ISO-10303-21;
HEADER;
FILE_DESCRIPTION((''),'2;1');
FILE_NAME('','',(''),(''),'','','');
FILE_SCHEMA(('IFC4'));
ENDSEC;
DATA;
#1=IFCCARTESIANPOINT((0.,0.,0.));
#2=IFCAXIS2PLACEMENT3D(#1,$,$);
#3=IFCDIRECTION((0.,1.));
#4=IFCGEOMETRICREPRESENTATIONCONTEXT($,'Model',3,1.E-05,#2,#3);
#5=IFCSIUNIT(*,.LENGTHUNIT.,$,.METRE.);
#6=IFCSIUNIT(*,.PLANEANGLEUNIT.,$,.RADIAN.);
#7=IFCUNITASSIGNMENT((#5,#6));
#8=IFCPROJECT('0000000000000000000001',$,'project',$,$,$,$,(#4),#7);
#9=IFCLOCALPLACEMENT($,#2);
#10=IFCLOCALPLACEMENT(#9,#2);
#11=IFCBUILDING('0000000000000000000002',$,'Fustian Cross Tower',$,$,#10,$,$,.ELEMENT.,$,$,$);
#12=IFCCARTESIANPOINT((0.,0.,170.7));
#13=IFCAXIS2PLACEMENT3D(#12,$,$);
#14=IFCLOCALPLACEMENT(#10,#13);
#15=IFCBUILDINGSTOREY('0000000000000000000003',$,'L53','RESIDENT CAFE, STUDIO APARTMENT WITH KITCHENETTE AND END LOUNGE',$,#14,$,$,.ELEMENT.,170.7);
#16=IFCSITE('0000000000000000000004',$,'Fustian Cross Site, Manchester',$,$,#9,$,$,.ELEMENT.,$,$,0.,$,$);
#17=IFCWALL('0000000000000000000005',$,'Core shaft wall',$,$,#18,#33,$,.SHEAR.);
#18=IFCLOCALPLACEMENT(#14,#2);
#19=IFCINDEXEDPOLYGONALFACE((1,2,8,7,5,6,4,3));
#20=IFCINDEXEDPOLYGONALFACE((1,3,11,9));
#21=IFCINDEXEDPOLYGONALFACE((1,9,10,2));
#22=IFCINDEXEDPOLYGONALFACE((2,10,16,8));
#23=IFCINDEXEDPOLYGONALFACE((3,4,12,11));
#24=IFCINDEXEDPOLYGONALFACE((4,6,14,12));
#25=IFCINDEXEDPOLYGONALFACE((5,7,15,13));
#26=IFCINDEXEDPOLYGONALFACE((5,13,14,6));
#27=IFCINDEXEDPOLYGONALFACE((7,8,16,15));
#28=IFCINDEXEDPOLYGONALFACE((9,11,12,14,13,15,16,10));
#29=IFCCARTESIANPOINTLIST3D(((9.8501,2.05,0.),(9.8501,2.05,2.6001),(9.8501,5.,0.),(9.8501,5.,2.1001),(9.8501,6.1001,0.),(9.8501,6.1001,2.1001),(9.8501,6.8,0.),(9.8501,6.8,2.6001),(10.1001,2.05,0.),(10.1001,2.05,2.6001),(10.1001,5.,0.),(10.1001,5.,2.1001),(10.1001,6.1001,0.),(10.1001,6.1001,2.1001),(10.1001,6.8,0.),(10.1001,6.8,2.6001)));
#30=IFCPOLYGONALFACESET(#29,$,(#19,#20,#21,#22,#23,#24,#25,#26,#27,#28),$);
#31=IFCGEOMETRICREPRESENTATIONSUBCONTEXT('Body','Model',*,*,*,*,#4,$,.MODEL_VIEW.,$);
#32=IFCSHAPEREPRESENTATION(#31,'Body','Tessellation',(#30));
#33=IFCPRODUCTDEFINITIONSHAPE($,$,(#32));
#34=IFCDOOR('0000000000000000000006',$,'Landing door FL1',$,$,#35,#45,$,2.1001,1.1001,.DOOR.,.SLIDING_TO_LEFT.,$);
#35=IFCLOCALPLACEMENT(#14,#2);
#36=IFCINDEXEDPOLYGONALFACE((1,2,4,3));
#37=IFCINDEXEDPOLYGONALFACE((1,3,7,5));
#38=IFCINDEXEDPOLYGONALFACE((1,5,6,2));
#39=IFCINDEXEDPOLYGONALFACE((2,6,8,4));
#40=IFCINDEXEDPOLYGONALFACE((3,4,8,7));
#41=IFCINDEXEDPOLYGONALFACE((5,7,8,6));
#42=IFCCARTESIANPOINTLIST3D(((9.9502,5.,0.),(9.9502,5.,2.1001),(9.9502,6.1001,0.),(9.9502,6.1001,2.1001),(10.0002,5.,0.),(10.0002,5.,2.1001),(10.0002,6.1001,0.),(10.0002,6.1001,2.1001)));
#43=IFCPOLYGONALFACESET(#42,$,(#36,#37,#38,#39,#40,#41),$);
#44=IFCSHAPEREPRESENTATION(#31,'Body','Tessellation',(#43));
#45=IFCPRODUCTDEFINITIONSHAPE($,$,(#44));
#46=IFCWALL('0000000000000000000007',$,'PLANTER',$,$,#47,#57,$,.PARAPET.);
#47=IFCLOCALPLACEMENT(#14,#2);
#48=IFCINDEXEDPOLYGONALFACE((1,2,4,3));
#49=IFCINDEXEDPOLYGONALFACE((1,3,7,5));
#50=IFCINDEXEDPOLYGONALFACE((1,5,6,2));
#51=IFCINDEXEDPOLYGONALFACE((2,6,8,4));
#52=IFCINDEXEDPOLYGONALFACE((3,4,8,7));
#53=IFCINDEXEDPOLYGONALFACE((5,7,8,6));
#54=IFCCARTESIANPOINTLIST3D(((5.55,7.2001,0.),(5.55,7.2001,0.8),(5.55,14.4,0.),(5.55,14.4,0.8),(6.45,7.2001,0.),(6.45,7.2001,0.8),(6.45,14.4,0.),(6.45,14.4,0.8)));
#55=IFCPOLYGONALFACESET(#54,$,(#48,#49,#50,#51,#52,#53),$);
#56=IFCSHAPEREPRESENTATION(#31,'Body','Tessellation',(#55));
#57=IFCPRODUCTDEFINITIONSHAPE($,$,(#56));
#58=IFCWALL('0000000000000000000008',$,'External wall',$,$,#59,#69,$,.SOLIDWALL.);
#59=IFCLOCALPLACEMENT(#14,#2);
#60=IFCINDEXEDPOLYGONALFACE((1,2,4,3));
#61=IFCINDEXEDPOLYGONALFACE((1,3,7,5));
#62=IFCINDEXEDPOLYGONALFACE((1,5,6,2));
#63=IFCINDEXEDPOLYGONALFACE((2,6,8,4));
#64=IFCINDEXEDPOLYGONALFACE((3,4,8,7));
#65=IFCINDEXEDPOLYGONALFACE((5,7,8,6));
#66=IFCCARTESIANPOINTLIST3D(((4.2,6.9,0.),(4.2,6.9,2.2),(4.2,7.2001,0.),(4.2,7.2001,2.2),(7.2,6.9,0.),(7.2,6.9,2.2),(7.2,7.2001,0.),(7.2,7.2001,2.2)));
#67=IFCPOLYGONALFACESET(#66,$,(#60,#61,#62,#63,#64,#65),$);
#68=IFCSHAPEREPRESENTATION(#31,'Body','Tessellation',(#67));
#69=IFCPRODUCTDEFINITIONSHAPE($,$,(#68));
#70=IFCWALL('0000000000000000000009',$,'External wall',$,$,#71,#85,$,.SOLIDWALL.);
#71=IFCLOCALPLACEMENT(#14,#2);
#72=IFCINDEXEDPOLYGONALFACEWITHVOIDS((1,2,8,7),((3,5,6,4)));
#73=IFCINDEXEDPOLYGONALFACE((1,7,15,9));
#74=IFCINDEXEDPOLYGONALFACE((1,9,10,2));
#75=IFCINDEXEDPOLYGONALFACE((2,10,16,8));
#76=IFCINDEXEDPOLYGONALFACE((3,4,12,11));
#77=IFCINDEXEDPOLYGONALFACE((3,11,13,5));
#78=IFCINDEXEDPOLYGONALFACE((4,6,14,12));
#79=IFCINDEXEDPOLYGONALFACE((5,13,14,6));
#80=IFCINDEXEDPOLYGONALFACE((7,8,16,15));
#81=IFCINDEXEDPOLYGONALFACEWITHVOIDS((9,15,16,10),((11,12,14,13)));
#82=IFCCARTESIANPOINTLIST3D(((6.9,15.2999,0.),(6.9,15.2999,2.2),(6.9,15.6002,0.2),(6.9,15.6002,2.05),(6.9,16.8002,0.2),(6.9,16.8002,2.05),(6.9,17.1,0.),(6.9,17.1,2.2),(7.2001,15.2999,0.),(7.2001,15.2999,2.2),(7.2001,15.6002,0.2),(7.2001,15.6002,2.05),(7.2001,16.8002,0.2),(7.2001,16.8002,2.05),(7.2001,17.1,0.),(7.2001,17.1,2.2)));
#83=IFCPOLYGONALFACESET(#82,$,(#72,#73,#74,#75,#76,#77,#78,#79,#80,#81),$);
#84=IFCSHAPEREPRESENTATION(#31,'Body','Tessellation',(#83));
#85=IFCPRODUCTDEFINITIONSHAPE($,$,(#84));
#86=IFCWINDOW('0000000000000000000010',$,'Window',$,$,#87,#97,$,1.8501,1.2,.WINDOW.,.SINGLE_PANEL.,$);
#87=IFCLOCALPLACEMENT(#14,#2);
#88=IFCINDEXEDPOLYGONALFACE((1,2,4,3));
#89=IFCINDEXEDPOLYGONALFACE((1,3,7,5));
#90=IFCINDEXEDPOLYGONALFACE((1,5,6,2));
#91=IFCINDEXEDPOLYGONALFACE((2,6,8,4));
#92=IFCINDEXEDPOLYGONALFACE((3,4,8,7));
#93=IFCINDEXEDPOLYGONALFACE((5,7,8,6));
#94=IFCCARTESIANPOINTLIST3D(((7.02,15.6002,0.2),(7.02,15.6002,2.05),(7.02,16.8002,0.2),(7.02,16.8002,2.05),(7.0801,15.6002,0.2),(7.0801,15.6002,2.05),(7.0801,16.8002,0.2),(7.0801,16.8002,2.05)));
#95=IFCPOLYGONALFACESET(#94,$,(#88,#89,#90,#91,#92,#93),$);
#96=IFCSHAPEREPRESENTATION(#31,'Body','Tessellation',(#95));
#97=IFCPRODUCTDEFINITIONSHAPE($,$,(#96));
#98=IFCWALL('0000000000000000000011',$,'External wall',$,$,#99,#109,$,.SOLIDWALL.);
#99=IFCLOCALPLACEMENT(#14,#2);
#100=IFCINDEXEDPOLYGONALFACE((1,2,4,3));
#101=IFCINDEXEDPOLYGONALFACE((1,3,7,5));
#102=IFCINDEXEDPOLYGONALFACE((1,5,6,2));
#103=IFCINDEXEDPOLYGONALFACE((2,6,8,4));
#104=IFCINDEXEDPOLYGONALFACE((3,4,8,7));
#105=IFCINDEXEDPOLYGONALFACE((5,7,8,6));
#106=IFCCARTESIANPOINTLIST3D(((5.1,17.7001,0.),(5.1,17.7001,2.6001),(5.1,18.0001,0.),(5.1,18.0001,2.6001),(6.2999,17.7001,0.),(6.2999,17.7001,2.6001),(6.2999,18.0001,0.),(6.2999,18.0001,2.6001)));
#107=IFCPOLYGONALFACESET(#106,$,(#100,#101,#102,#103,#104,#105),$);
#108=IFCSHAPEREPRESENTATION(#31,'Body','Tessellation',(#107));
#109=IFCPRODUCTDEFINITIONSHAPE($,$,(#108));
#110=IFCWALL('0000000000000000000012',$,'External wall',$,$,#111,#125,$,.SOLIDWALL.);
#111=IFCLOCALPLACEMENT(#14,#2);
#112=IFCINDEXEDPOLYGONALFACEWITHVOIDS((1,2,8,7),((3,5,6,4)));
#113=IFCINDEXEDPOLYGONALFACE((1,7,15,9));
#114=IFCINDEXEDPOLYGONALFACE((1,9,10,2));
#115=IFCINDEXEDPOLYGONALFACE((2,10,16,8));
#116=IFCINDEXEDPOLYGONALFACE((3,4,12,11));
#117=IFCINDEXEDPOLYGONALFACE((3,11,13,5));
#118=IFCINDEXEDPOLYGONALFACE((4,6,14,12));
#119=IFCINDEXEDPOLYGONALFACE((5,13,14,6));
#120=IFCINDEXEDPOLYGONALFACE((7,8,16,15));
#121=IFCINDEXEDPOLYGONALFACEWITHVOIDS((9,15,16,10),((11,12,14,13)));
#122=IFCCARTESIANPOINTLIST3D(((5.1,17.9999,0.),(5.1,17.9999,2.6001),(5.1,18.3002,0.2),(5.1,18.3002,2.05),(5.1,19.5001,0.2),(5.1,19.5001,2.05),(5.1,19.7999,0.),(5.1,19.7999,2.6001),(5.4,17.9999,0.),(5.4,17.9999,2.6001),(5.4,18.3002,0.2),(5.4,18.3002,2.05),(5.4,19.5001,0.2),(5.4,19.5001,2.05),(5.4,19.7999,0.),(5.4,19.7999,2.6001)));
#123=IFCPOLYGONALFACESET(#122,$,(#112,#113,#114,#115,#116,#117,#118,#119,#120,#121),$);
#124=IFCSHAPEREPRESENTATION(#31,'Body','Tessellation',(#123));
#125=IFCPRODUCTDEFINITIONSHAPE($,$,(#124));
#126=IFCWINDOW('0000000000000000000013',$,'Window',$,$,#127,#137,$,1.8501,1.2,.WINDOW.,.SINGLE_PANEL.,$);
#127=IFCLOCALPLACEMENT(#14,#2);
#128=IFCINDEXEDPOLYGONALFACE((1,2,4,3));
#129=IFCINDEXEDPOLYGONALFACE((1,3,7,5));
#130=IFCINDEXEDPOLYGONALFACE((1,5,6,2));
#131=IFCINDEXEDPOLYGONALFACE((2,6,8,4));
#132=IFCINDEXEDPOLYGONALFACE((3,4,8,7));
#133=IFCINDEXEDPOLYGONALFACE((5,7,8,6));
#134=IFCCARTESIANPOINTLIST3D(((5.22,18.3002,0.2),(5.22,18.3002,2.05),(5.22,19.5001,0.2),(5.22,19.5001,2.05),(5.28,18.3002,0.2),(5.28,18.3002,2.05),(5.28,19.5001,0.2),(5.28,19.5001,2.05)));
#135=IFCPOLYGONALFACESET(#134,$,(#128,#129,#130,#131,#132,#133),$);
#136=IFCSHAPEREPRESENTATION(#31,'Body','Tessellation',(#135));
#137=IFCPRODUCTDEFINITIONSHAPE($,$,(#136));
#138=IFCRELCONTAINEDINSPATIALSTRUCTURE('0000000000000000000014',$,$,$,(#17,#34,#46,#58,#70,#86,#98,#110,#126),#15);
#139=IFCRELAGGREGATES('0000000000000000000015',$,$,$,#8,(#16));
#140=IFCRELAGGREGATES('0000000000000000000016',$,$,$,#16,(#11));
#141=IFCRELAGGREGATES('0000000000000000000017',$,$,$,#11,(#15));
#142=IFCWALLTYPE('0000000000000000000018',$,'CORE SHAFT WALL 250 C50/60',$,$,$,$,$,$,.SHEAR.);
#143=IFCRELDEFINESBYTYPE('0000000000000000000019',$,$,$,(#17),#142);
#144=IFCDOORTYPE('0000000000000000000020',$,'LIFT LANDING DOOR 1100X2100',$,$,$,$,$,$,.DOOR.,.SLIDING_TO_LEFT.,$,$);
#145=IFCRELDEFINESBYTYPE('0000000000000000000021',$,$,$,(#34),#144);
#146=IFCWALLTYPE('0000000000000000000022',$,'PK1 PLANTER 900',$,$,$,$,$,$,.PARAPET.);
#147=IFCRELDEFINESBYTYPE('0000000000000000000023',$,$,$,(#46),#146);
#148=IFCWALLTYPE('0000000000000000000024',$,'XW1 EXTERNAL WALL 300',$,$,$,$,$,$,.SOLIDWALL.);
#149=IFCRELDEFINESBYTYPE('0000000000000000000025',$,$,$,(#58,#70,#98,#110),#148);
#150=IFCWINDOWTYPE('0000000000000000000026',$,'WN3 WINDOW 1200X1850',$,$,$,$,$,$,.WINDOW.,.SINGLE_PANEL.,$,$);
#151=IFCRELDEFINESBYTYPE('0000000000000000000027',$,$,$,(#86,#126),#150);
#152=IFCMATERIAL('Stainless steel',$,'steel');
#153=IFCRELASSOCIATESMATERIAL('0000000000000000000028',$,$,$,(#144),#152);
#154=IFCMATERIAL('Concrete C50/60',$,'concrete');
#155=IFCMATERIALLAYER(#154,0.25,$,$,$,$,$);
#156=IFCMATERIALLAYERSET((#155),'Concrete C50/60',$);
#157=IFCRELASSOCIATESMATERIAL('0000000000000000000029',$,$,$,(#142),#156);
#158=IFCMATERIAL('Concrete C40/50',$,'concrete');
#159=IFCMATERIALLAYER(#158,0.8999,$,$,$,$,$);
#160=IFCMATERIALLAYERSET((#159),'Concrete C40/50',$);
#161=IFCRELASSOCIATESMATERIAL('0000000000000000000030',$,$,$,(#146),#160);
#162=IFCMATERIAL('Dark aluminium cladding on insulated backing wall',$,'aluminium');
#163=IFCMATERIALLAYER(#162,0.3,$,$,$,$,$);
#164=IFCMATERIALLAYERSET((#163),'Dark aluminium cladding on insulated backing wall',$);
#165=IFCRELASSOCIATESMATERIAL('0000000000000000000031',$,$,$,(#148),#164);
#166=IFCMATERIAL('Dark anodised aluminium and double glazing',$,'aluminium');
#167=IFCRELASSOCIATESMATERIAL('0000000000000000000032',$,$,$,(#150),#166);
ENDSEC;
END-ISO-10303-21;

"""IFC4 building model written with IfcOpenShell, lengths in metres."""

from ifc_helpers import new_model, si_unit, direction, frame, frame_2d, origin, place, context, subcontext, project, spatial, rectangle, extrude, material, layer, layer_set, type_object, element, fill, save


model = new_model("IFC4")

# Units and contexts
model_context = context("Model", 3, precision=1e-05, world=origin(), true_north=direction((0.0, 1.0)))
body_context = subcontext(model_context, "Body", "Model", "MODEL_VIEW")
ifc_project = project(units=[si_unit("LENGTHUNIT", "METRE"), si_unit("PLANEANGLEUNIT", "RADIAN")], contexts=[model_context])

# Site, building, storey
site_placement = place(None, origin())
site = spatial("IfcSite", under=ifc_project, at=site_placement, Name="Fustian Cross Site, Manchester", CompositionType="ELEMENT", RefElevation=0.0)
building_placement = place(site_placement, origin())
building = spatial("IfcBuilding", under=site, at=building_placement, Name="Fustian Cross Tower", CompositionType="ELEMENT")
storey_placement = place(building_placement, frame((0.0, 0.0, 170.7)))
storey = spatial("IfcBuildingStorey", under=building, at=storey_placement, Name="L53", Description="RESIDENT CAFE, STUDIO APARTMENT WITH KITCHENETTE AND END LOUNGE", CompositionType="ELEMENT", Elevation=170.7)

# Shared definitions
ifc_material_1 = material(Name="Stainless steel", Category="steel")
door_type_1 = type_object("IfcDoorType", Name="LIFT LANDING DOOR 1100X2100", OperationType="SLIDING_TO_LEFT", PredefinedType="DOOR", material=ifc_material_1)

# Shared definitions
ifc_material_2 = material(Name="Concrete C50/60", Category="concrete")
ifc_layer_1 = layer(ifc_material_2, 0.25)
ifc_layer_set_1 = layer_set([ifc_layer_1], Name="Concrete C50/60")
wall_type_1 = type_object("IfcWallType", Name="CORE SHAFT WALL 250 C50/60", PredefinedType="SHEAR", material=ifc_layer_set_1)

# Wall, opening, door
wall_1_placement = place(storey_placement, frame((9.9751, 2.05, 0.0), z_axis=(0.0, 0.0, 1.0), x_axis=(0.0, 1.0, 0.0)))
wall_1 = element("IfcWall", 1, at=wall_1_placement, inside=storey, type_object=wall_type_1, Name="Core shaft wall", PredefinedType="SHEAR", context=body_context, shape_type="SweptSolid", body=[
    extrude(rectangle(XDim=4.75, YDim=0.25, at=frame_2d((2.375, 0.0))), origin(), (0.0, 0.0, 1.0), 2.6001),
])
opening_1_placement = place(wall_1_placement, frame((2.95, 0.0, 0.0)))
opening_1 = element("IfcOpeningElement", 2, at=opening_1_placement, cuts=wall_1, PredefinedType="OPENING", context=body_context, shape_type="SweptSolid", body=[
    extrude(rectangle(XDim=1.1001, YDim=2.1001, at=frame_2d((0.55, 1.05))), frame((0.0, 0.135, 0.0), z_axis=(0.0, -1.0, 0.0), x_axis=(1.0, 0.0, 0.0)), (0.0, 0.0, 1.0), 0.27),
])
door_1_placement = place(opening_1_placement, origin())
door_1 = element("IfcDoor", 3, at=door_1_placement, inside=storey, type_object=door_type_1, Name="Landing door FL1", OperationType="SLIDING_TO_LEFT", OverallHeight=2.1001, OverallWidth=1.1001, PredefinedType="DOOR", context=body_context, shape_type="SweptSolid", body=[
    extrude(rectangle(XDim=1.1001, YDim=2.1001, at=frame_2d((0.55, 1.05))), frame((0.0, 0.0249, 0.0), z_axis=(0.0, -1.0, 0.0), x_axis=(1.0, 0.0, 0.0)), (0.0, 0.0, 1.0), 0.05),
])
fill(opening_1, door_1)

# Walls
ifc_material_3 = material(Name="Concrete C40/50", Category="concrete")
ifc_layer_2 = layer(ifc_material_3, 0.8999)
ifc_layer_set_2 = layer_set([ifc_layer_2], Name="Concrete C40/50")
wall_type_2 = type_object("IfcWallType", Name="PK1 PLANTER 900", PredefinedType="PARAPET", material=ifc_layer_set_2)
wall_2_placement = place(storey_placement, frame((6.0, 7.2, 0.0), z_axis=(0.0, 0.0, 1.0), x_axis=(0.0, 1.0, 0.0)))
element("IfcWall", 4, at=wall_2_placement, inside=storey, type_object=wall_type_2, Name="PLANTER", PredefinedType="PARAPET", context=body_context, shape_type="SweptSolid", body=[
    extrude(rectangle(XDim=7.2, YDim=0.8999, at=frame_2d((3.6001, 0.0))), origin(), (0.0, 0.0, 1.0), 0.8),
])
ifc_material_4 = material(Name="Dark aluminium cladding on insulated backing wall", Category="aluminium")
ifc_layer_3 = layer(ifc_material_4, 0.3)
ifc_layer_set_3 = layer_set([ifc_layer_3], Name="Dark aluminium cladding on insulated backing wall")
wall_type_3 = type_object("IfcWallType", Name="XW1 EXTERNAL WALL 300", PredefinedType="SOLIDWALL", material=ifc_layer_set_3)
wall_3_placement = place(storey_placement, frame((7.2, 7.05, 0.0), z_axis=(0.0, 0.0, 1.0), x_axis=(-1.0, 0.0, 0.0)))
element("IfcWall", 5, at=wall_3_placement, inside=storey, type_object=wall_type_3, Name="External wall", PredefinedType="SOLIDWALL", context=body_context, shape_type="SweptSolid", body=[
    extrude(rectangle(XDim=3.0, YDim=0.3, at=frame_2d((1.5, 0.0))), origin(), (0.0, 0.0, 1.0), 2.2),
])

# Wall, opening, window
wall_4_placement = place(storey_placement, frame((7.05, 15.3, 0.0), z_axis=(0.0, 0.0, 1.0), x_axis=(0.0, 1.0, 0.0)))
wall_4 = element("IfcWall", 6, at=wall_4_placement, inside=storey, type_object=wall_type_3, Name="External wall", PredefinedType="SOLIDWALL", context=body_context, shape_type="SweptSolid", body=[
    extrude(rectangle(XDim=1.8, YDim=0.3, at=frame_2d((0.8999, 0.0))), origin(), (0.0, 0.0, 1.0), 2.2),
])
opening_2_placement = place(wall_4_placement, frame((0.3, 0.0, 0.2)))
opening_2 = element("IfcOpeningElement", 7, at=opening_2_placement, cuts=wall_4, PredefinedType="OPENING", context=body_context, shape_type="SweptSolid", body=[
    extrude(rectangle(XDim=1.2, YDim=1.8501, at=frame_2d((0.6001, 0.925))), frame((0.0, 0.1599, 0.0), z_axis=(0.0, -1.0, 0.0), x_axis=(1.0, 0.0, 0.0)), (0.0, 0.0, 1.0), 0.3201),
])
ifc_material_5 = material(Name="Dark anodised aluminium and double glazing", Category="aluminium")
window_type = type_object("IfcWindowType", Name="WN3 WINDOW 1200X1850", PartitioningType="SINGLE_PANEL", PredefinedType="WINDOW", material=ifc_material_5)
window_1_placement = place(opening_2_placement, origin())
window_1 = element("IfcWindow", 8, at=window_1_placement, inside=storey, type_object=window_type, Name="Window", OverallHeight=1.8501, OverallWidth=1.2, PartitioningType="SINGLE_PANEL", PredefinedType="WINDOW", context=body_context, shape_type="SweptSolid", body=[
    extrude(rectangle(XDim=1.2, YDim=1.8501, at=frame_2d((0.6001, 0.925))), frame((0.0, 0.03, 0.0), z_axis=(0.0, -1.0, 0.0), x_axis=(1.0, 0.0, 0.0)), (0.0, 0.0, 1.0), 0.0601),
])
fill(opening_2, window_1)

# Wall
wall_5_placement = place(storey_placement, frame((6.3, 17.8501, 0.0), z_axis=(0.0, 0.0, 1.0), x_axis=(-1.0, 0.0, 0.0)))
element("IfcWall", 9, at=wall_5_placement, inside=storey, type_object=wall_type_3, Name="External wall", PredefinedType="SOLIDWALL", context=body_context, shape_type="SweptSolid", body=[
    extrude(rectangle(XDim=1.2, YDim=0.3, at=frame_2d((0.6001, 0.0))), origin(), (0.0, 0.0, 1.0), 2.6001),
])

# Wall, opening, window
wall_6_placement = place(storey_placement, frame((5.25, 18.0, 0.0), z_axis=(0.0, 0.0, 1.0), x_axis=(0.0, 1.0, 0.0)))
wall_6 = element("IfcWall", 10, at=wall_6_placement, inside=storey, type_object=wall_type_3, Name="External wall", PredefinedType="SOLIDWALL", context=body_context, shape_type="SweptSolid", body=[
    extrude(rectangle(XDim=1.8, YDim=0.3, at=frame_2d((0.8999, 0.0))), origin(), (0.0, 0.0, 1.0), 2.6001),
])
opening_3_placement = place(wall_6_placement, frame((0.3, 0.0, 0.2)))
opening_3 = element("IfcOpeningElement", 11, at=opening_3_placement, cuts=wall_6, PredefinedType="OPENING", context=body_context, shape_type="SweptSolid", body=[
    extrude(rectangle(XDim=1.2, YDim=1.8501, at=frame_2d((0.6001, 0.925))), frame((0.0, 0.1599, 0.0), z_axis=(0.0, -1.0, 0.0), x_axis=(1.0, 0.0, 0.0)), (0.0, 0.0, 1.0), 0.3201),
])
window_2_placement = place(opening_3_placement, origin())
window_2 = element("IfcWindow", 12, at=window_2_placement, inside=storey, type_object=window_type, Name="Window", OverallHeight=1.8501, OverallWidth=1.2, PartitioningType="SINGLE_PANEL", PredefinedType="WINDOW", context=body_context, shape_type="SweptSolid", body=[
    extrude(rectangle(XDim=1.2, YDim=1.8501, at=frame_2d((0.6001, 0.925))), frame((0.0, 0.03, 0.0), z_axis=(0.0, -1.0, 0.0), x_axis=(1.0, 0.0, 0.0)), (0.0, 0.0, 1.0), 0.0601),
])
fill(opening_3, window_2)

save(model, "model.ifc")
